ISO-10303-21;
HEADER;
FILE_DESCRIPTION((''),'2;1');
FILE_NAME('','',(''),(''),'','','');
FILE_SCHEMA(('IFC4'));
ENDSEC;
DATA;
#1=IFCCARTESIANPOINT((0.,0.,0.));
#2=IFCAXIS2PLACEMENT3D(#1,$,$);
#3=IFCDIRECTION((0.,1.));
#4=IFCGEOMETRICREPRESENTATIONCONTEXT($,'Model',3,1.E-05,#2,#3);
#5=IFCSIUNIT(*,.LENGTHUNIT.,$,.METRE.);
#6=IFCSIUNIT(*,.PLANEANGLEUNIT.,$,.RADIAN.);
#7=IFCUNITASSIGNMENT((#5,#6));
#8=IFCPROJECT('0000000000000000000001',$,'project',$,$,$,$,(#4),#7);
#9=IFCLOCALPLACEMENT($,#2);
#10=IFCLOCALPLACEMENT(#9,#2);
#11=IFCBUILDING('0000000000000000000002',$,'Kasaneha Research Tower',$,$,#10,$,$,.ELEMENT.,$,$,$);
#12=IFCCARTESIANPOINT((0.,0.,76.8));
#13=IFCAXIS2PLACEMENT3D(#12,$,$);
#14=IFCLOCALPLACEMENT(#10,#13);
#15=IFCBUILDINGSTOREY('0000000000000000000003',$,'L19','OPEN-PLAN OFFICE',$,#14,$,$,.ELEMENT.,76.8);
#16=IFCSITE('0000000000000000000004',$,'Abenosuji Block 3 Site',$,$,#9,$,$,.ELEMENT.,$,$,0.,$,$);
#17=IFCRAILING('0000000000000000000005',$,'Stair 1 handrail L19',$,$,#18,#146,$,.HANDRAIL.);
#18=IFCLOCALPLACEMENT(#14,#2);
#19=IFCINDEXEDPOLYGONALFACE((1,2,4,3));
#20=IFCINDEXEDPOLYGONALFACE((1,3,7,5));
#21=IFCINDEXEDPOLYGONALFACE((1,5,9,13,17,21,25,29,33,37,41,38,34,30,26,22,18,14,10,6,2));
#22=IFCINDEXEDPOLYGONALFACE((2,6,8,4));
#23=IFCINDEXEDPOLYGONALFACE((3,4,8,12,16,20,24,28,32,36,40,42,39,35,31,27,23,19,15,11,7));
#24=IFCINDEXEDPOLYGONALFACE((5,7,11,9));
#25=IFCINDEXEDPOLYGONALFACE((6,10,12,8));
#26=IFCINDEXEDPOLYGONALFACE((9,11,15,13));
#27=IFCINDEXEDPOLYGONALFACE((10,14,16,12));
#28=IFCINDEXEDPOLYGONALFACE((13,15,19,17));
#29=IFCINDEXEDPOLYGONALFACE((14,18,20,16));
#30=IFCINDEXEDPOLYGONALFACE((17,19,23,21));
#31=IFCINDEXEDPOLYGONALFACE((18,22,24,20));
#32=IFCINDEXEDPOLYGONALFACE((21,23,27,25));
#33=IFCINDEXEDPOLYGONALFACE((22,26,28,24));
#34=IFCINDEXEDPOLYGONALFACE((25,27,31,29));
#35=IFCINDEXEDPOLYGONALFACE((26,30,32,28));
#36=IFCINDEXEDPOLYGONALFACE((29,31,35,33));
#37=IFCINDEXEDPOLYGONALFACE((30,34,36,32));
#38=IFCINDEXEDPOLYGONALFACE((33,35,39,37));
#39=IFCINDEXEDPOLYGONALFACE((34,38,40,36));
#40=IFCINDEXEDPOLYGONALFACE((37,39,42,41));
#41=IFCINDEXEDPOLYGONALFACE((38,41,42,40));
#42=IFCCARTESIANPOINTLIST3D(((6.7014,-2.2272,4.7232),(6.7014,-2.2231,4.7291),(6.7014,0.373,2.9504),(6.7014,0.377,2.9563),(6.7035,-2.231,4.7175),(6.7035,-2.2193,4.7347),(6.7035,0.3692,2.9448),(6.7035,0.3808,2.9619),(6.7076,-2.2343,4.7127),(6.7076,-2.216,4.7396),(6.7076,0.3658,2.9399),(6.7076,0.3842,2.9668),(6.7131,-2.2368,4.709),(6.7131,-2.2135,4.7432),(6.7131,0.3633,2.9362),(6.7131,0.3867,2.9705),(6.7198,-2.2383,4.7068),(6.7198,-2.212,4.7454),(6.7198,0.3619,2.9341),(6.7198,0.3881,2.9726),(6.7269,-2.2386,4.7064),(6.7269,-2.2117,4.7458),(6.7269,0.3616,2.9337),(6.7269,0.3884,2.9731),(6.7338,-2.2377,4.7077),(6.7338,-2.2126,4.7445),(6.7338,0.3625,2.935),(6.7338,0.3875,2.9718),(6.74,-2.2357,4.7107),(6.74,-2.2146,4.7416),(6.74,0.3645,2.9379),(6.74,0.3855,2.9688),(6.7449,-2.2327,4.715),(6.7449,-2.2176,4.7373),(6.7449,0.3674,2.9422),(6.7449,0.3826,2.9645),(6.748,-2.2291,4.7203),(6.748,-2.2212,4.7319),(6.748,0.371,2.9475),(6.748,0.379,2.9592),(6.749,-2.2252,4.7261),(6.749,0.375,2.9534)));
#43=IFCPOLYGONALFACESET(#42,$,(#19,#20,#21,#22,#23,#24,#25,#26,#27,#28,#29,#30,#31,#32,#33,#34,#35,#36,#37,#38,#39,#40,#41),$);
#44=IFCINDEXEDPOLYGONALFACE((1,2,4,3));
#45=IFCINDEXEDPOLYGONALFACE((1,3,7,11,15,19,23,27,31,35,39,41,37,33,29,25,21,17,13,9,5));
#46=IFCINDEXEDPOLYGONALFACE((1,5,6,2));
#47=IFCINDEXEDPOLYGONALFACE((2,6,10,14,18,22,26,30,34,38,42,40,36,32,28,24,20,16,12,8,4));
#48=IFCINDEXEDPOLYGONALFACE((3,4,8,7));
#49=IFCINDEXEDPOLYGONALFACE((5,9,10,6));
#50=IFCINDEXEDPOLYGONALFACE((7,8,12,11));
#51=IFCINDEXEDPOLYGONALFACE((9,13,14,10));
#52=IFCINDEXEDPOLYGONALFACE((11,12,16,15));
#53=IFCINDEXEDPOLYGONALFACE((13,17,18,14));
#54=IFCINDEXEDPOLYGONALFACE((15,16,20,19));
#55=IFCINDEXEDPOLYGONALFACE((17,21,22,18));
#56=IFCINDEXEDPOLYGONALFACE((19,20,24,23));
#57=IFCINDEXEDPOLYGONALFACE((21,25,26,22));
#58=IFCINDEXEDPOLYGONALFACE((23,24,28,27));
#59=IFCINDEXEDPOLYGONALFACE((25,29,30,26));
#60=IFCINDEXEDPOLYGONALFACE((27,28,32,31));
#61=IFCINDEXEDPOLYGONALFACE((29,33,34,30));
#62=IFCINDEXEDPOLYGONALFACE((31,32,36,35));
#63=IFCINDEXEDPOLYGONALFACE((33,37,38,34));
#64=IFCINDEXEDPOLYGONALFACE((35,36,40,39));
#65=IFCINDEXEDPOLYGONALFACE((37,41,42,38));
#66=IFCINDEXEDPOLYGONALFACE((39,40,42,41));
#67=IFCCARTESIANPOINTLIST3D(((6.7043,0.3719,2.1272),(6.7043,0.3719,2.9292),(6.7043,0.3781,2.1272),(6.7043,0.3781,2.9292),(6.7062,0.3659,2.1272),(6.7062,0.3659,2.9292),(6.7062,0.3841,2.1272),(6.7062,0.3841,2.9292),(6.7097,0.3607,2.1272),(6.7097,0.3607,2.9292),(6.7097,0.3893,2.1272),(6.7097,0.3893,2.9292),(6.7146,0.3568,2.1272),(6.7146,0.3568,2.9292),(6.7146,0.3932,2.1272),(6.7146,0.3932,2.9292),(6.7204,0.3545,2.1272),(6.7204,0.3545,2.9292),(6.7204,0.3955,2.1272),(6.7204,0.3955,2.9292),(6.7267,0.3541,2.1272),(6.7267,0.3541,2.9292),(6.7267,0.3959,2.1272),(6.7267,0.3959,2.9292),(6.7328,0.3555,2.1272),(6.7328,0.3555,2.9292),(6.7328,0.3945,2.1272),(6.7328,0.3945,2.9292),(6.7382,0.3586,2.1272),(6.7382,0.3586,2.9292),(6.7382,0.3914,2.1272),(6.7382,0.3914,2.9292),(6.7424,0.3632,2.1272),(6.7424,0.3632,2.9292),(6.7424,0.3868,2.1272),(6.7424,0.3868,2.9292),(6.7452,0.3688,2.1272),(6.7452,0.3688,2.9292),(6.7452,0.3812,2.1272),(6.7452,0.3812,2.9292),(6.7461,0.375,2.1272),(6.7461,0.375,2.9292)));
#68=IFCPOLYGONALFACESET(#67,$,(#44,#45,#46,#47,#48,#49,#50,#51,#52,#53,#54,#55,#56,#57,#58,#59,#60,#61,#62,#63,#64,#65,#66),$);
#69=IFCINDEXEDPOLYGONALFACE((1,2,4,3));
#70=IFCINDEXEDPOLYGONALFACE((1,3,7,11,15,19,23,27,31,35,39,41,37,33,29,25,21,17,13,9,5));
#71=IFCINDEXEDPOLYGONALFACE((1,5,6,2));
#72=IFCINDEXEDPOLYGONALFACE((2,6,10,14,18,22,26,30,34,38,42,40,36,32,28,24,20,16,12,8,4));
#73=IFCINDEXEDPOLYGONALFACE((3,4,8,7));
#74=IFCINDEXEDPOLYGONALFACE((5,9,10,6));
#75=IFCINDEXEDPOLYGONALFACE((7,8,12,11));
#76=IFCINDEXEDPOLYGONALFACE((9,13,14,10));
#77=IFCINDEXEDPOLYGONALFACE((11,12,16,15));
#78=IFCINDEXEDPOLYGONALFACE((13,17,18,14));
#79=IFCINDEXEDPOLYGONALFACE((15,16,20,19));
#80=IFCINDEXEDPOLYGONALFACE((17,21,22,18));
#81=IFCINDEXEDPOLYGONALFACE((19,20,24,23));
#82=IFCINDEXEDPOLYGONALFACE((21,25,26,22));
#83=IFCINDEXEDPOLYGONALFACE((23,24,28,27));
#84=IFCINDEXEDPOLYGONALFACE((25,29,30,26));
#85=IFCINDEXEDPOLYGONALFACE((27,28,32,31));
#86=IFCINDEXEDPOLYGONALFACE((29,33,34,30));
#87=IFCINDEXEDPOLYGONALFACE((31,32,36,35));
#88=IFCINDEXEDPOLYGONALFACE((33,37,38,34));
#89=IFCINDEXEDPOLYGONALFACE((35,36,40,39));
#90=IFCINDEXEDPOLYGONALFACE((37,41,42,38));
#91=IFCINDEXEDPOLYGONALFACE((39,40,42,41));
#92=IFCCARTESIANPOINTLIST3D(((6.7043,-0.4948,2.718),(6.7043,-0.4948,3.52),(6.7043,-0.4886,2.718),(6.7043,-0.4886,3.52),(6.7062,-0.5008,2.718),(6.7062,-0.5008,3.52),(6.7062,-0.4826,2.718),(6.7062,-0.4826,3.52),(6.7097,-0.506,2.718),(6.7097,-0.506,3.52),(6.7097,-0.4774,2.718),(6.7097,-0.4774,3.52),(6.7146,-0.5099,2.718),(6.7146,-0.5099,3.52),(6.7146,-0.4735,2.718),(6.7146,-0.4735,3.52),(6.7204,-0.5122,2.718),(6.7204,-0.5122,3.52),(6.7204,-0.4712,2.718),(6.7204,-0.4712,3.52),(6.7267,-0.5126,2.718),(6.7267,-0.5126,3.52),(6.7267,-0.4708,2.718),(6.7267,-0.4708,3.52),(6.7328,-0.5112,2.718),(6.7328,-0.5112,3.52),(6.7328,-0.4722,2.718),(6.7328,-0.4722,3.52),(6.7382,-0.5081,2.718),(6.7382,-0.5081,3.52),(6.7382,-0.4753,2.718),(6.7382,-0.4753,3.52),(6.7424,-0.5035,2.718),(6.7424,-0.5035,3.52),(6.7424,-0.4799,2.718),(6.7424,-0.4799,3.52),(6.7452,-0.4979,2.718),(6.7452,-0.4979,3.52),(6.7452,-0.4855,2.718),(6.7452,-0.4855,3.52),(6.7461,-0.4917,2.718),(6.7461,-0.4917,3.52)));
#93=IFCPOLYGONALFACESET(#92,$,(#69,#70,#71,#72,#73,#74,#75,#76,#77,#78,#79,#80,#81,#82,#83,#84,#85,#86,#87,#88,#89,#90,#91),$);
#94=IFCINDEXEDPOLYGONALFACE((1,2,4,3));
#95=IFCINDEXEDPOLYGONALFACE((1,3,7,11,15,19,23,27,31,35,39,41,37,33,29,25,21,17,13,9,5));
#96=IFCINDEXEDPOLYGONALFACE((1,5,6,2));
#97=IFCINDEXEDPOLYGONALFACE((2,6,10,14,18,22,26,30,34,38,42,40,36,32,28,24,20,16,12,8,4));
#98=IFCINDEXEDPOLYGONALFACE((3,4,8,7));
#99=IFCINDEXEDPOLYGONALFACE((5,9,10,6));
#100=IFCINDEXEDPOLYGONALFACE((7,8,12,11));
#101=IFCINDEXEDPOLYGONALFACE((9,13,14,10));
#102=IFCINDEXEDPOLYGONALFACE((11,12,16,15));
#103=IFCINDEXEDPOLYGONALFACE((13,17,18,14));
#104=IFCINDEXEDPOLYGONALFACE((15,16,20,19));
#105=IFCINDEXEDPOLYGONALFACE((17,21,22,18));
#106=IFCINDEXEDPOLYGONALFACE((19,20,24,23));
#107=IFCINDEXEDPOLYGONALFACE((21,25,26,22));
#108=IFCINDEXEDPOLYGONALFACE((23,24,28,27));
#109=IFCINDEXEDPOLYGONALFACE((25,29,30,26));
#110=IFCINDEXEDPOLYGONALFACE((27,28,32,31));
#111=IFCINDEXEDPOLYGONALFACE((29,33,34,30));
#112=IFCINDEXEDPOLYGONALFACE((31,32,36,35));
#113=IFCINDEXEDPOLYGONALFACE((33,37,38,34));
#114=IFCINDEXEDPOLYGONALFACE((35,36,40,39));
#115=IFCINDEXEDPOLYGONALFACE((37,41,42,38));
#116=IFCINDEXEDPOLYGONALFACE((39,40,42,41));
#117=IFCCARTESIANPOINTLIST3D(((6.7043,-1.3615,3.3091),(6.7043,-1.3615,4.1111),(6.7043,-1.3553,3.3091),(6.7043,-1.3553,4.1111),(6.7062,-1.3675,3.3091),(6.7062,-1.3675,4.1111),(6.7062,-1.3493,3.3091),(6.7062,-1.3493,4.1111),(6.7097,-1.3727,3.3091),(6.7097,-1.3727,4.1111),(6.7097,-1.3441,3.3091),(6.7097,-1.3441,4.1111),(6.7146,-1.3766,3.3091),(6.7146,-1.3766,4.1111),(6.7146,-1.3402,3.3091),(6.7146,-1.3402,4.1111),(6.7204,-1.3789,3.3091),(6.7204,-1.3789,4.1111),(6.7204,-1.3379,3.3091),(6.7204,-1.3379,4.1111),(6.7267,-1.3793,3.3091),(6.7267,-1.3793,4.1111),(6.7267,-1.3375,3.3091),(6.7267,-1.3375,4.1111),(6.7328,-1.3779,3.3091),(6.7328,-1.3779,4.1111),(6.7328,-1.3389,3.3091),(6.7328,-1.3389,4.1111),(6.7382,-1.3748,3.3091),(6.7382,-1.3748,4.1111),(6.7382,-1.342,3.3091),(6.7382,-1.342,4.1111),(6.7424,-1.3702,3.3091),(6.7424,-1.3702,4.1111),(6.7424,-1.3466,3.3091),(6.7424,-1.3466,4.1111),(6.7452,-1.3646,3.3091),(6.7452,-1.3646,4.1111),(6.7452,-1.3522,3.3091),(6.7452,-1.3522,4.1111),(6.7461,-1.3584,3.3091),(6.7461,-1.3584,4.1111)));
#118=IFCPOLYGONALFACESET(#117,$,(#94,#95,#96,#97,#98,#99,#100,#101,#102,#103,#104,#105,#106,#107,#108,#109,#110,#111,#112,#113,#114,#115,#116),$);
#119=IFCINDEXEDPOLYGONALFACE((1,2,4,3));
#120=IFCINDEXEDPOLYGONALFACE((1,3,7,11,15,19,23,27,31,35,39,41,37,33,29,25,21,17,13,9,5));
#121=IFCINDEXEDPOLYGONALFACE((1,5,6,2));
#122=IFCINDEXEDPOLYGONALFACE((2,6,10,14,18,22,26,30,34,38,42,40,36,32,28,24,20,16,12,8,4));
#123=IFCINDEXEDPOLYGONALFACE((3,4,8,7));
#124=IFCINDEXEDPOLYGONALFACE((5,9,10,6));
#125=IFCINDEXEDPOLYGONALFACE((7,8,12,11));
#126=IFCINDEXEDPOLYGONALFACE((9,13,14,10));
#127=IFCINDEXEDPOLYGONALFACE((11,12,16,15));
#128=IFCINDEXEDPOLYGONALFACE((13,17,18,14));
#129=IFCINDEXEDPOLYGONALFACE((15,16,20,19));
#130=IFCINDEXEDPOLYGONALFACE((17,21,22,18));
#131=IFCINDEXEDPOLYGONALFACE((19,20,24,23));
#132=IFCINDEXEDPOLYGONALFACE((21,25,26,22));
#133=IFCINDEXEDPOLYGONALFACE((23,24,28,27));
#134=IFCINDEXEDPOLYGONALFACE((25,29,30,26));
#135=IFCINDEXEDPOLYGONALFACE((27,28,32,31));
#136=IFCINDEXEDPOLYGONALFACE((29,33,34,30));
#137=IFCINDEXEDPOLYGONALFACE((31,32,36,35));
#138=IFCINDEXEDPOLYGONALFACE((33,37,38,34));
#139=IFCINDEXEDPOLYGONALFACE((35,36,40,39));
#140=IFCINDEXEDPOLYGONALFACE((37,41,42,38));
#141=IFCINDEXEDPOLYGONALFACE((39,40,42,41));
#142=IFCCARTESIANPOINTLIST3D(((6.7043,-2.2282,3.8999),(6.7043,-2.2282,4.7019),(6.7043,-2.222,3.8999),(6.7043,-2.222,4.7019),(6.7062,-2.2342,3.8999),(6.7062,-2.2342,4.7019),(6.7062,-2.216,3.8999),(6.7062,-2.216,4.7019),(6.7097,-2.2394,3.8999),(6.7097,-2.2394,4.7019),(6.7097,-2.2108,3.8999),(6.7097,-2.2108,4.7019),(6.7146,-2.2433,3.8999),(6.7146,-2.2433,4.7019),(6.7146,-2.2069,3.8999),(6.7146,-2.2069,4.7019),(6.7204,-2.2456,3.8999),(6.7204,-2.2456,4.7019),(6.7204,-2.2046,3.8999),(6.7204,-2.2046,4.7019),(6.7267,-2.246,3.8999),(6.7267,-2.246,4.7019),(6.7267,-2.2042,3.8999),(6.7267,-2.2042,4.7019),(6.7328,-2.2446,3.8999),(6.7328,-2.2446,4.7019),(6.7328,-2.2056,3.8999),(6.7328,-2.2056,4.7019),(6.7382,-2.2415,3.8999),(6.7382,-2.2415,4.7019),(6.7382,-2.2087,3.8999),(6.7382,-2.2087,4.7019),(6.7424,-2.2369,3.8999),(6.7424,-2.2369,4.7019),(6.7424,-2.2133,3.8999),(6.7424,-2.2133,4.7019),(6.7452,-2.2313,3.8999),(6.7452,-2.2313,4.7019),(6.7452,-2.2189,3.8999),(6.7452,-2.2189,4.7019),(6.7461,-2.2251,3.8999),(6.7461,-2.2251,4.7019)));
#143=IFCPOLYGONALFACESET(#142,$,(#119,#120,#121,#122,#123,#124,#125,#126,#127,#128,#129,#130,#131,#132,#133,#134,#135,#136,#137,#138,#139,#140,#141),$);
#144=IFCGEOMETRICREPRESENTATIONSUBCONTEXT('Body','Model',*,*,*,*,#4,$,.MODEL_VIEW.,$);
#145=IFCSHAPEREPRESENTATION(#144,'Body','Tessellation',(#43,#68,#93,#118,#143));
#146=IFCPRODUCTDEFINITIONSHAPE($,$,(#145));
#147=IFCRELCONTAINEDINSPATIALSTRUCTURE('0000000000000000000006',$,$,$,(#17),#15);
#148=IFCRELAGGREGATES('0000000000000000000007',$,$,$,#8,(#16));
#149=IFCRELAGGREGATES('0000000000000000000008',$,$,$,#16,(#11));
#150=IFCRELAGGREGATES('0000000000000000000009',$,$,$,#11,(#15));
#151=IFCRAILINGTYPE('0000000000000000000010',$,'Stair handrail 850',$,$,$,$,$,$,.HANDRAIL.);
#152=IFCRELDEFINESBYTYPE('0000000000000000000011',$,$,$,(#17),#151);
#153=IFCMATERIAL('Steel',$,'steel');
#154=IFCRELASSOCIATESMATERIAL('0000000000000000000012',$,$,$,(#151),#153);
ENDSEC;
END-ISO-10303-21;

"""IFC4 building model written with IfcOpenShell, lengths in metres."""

from ifc_helpers import new_model, si_unit, direction, frame, origin, origin_2d, place, context, subcontext, project, spatial, circle, extrude, material, type_object, element, save


model = new_model("IFC4")

# Units and contexts
model_context = context("Model", 3, precision=1e-05, world=origin(), true_north=direction((0.0, 1.0)))
body_context = subcontext(model_context, "Body", "Model", "MODEL_VIEW")
ifc_project = project(units=[si_unit("LENGTHUNIT", "METRE"), si_unit("PLANEANGLEUNIT", "RADIAN")], contexts=[model_context])

# Site, building, storey
site_placement = place(None, origin())
site = spatial("IfcSite", under=ifc_project, at=site_placement, Name="Abenosuji Block 3 Site", CompositionType="ELEMENT", RefElevation=0.0)
building_placement = place(site_placement, origin())
building = spatial("IfcBuilding", under=site, at=building_placement, Name="Kasaneha Research Tower", CompositionType="ELEMENT")
storey_placement = place(building_placement, frame((0.0, 0.0, 76.8)))
storey = spatial("IfcBuildingStorey", under=building, at=storey_placement, Name="L19", Description="OPEN-PLAN OFFICE", CompositionType="ELEMENT", Elevation=76.8)

# Railing
ifc_material_1 = material(Name="Steel", Category="steel")
railing_type_1 = type_object("IfcRailingType", Name="Stair handrail 850", PredefinedType="HANDRAIL", material=ifc_material_1)
railing_1_placement = place(storey_placement, frame((6.7251, 0.375, 2.1272)))
element("IfcRailing", 1, at=railing_1_placement, inside=storey, type_object=railing_type_1, Name="Stair 1 handrail L19", PredefinedType="HANDRAIL", context=body_context, shape_type="SweptSolid", body=[
    extrude(circle(Radius=0.0239, at=origin_2d()), frame((0.0, 0.0, 0.8262), z_axis=(0.0, -0.82624, 0.563318), x_axis=(1.0, 0.0, 0.0)), (0.0, 0.0, 1.0), 3.147),
    extrude(circle(Radius=0.021, at=origin_2d()), origin(), (0.0, 0.0, 1.0), 0.802),
    extrude(circle(Radius=0.021, at=origin_2d()), frame((0.0, -0.8667, 0.5908)), (0.0, 0.0, 1.0), 0.802),
    extrude(circle(Radius=0.021, at=origin_2d()), frame((0.0, -1.7334, 1.1819)), (0.0, 0.0, 1.0), 0.802),
    extrude(circle(Radius=0.021, at=origin_2d()), frame((0.0, -2.6001, 1.7727)), (0.0, 0.0, 1.0), 0.802),
])

save(model, "model.ifc")
